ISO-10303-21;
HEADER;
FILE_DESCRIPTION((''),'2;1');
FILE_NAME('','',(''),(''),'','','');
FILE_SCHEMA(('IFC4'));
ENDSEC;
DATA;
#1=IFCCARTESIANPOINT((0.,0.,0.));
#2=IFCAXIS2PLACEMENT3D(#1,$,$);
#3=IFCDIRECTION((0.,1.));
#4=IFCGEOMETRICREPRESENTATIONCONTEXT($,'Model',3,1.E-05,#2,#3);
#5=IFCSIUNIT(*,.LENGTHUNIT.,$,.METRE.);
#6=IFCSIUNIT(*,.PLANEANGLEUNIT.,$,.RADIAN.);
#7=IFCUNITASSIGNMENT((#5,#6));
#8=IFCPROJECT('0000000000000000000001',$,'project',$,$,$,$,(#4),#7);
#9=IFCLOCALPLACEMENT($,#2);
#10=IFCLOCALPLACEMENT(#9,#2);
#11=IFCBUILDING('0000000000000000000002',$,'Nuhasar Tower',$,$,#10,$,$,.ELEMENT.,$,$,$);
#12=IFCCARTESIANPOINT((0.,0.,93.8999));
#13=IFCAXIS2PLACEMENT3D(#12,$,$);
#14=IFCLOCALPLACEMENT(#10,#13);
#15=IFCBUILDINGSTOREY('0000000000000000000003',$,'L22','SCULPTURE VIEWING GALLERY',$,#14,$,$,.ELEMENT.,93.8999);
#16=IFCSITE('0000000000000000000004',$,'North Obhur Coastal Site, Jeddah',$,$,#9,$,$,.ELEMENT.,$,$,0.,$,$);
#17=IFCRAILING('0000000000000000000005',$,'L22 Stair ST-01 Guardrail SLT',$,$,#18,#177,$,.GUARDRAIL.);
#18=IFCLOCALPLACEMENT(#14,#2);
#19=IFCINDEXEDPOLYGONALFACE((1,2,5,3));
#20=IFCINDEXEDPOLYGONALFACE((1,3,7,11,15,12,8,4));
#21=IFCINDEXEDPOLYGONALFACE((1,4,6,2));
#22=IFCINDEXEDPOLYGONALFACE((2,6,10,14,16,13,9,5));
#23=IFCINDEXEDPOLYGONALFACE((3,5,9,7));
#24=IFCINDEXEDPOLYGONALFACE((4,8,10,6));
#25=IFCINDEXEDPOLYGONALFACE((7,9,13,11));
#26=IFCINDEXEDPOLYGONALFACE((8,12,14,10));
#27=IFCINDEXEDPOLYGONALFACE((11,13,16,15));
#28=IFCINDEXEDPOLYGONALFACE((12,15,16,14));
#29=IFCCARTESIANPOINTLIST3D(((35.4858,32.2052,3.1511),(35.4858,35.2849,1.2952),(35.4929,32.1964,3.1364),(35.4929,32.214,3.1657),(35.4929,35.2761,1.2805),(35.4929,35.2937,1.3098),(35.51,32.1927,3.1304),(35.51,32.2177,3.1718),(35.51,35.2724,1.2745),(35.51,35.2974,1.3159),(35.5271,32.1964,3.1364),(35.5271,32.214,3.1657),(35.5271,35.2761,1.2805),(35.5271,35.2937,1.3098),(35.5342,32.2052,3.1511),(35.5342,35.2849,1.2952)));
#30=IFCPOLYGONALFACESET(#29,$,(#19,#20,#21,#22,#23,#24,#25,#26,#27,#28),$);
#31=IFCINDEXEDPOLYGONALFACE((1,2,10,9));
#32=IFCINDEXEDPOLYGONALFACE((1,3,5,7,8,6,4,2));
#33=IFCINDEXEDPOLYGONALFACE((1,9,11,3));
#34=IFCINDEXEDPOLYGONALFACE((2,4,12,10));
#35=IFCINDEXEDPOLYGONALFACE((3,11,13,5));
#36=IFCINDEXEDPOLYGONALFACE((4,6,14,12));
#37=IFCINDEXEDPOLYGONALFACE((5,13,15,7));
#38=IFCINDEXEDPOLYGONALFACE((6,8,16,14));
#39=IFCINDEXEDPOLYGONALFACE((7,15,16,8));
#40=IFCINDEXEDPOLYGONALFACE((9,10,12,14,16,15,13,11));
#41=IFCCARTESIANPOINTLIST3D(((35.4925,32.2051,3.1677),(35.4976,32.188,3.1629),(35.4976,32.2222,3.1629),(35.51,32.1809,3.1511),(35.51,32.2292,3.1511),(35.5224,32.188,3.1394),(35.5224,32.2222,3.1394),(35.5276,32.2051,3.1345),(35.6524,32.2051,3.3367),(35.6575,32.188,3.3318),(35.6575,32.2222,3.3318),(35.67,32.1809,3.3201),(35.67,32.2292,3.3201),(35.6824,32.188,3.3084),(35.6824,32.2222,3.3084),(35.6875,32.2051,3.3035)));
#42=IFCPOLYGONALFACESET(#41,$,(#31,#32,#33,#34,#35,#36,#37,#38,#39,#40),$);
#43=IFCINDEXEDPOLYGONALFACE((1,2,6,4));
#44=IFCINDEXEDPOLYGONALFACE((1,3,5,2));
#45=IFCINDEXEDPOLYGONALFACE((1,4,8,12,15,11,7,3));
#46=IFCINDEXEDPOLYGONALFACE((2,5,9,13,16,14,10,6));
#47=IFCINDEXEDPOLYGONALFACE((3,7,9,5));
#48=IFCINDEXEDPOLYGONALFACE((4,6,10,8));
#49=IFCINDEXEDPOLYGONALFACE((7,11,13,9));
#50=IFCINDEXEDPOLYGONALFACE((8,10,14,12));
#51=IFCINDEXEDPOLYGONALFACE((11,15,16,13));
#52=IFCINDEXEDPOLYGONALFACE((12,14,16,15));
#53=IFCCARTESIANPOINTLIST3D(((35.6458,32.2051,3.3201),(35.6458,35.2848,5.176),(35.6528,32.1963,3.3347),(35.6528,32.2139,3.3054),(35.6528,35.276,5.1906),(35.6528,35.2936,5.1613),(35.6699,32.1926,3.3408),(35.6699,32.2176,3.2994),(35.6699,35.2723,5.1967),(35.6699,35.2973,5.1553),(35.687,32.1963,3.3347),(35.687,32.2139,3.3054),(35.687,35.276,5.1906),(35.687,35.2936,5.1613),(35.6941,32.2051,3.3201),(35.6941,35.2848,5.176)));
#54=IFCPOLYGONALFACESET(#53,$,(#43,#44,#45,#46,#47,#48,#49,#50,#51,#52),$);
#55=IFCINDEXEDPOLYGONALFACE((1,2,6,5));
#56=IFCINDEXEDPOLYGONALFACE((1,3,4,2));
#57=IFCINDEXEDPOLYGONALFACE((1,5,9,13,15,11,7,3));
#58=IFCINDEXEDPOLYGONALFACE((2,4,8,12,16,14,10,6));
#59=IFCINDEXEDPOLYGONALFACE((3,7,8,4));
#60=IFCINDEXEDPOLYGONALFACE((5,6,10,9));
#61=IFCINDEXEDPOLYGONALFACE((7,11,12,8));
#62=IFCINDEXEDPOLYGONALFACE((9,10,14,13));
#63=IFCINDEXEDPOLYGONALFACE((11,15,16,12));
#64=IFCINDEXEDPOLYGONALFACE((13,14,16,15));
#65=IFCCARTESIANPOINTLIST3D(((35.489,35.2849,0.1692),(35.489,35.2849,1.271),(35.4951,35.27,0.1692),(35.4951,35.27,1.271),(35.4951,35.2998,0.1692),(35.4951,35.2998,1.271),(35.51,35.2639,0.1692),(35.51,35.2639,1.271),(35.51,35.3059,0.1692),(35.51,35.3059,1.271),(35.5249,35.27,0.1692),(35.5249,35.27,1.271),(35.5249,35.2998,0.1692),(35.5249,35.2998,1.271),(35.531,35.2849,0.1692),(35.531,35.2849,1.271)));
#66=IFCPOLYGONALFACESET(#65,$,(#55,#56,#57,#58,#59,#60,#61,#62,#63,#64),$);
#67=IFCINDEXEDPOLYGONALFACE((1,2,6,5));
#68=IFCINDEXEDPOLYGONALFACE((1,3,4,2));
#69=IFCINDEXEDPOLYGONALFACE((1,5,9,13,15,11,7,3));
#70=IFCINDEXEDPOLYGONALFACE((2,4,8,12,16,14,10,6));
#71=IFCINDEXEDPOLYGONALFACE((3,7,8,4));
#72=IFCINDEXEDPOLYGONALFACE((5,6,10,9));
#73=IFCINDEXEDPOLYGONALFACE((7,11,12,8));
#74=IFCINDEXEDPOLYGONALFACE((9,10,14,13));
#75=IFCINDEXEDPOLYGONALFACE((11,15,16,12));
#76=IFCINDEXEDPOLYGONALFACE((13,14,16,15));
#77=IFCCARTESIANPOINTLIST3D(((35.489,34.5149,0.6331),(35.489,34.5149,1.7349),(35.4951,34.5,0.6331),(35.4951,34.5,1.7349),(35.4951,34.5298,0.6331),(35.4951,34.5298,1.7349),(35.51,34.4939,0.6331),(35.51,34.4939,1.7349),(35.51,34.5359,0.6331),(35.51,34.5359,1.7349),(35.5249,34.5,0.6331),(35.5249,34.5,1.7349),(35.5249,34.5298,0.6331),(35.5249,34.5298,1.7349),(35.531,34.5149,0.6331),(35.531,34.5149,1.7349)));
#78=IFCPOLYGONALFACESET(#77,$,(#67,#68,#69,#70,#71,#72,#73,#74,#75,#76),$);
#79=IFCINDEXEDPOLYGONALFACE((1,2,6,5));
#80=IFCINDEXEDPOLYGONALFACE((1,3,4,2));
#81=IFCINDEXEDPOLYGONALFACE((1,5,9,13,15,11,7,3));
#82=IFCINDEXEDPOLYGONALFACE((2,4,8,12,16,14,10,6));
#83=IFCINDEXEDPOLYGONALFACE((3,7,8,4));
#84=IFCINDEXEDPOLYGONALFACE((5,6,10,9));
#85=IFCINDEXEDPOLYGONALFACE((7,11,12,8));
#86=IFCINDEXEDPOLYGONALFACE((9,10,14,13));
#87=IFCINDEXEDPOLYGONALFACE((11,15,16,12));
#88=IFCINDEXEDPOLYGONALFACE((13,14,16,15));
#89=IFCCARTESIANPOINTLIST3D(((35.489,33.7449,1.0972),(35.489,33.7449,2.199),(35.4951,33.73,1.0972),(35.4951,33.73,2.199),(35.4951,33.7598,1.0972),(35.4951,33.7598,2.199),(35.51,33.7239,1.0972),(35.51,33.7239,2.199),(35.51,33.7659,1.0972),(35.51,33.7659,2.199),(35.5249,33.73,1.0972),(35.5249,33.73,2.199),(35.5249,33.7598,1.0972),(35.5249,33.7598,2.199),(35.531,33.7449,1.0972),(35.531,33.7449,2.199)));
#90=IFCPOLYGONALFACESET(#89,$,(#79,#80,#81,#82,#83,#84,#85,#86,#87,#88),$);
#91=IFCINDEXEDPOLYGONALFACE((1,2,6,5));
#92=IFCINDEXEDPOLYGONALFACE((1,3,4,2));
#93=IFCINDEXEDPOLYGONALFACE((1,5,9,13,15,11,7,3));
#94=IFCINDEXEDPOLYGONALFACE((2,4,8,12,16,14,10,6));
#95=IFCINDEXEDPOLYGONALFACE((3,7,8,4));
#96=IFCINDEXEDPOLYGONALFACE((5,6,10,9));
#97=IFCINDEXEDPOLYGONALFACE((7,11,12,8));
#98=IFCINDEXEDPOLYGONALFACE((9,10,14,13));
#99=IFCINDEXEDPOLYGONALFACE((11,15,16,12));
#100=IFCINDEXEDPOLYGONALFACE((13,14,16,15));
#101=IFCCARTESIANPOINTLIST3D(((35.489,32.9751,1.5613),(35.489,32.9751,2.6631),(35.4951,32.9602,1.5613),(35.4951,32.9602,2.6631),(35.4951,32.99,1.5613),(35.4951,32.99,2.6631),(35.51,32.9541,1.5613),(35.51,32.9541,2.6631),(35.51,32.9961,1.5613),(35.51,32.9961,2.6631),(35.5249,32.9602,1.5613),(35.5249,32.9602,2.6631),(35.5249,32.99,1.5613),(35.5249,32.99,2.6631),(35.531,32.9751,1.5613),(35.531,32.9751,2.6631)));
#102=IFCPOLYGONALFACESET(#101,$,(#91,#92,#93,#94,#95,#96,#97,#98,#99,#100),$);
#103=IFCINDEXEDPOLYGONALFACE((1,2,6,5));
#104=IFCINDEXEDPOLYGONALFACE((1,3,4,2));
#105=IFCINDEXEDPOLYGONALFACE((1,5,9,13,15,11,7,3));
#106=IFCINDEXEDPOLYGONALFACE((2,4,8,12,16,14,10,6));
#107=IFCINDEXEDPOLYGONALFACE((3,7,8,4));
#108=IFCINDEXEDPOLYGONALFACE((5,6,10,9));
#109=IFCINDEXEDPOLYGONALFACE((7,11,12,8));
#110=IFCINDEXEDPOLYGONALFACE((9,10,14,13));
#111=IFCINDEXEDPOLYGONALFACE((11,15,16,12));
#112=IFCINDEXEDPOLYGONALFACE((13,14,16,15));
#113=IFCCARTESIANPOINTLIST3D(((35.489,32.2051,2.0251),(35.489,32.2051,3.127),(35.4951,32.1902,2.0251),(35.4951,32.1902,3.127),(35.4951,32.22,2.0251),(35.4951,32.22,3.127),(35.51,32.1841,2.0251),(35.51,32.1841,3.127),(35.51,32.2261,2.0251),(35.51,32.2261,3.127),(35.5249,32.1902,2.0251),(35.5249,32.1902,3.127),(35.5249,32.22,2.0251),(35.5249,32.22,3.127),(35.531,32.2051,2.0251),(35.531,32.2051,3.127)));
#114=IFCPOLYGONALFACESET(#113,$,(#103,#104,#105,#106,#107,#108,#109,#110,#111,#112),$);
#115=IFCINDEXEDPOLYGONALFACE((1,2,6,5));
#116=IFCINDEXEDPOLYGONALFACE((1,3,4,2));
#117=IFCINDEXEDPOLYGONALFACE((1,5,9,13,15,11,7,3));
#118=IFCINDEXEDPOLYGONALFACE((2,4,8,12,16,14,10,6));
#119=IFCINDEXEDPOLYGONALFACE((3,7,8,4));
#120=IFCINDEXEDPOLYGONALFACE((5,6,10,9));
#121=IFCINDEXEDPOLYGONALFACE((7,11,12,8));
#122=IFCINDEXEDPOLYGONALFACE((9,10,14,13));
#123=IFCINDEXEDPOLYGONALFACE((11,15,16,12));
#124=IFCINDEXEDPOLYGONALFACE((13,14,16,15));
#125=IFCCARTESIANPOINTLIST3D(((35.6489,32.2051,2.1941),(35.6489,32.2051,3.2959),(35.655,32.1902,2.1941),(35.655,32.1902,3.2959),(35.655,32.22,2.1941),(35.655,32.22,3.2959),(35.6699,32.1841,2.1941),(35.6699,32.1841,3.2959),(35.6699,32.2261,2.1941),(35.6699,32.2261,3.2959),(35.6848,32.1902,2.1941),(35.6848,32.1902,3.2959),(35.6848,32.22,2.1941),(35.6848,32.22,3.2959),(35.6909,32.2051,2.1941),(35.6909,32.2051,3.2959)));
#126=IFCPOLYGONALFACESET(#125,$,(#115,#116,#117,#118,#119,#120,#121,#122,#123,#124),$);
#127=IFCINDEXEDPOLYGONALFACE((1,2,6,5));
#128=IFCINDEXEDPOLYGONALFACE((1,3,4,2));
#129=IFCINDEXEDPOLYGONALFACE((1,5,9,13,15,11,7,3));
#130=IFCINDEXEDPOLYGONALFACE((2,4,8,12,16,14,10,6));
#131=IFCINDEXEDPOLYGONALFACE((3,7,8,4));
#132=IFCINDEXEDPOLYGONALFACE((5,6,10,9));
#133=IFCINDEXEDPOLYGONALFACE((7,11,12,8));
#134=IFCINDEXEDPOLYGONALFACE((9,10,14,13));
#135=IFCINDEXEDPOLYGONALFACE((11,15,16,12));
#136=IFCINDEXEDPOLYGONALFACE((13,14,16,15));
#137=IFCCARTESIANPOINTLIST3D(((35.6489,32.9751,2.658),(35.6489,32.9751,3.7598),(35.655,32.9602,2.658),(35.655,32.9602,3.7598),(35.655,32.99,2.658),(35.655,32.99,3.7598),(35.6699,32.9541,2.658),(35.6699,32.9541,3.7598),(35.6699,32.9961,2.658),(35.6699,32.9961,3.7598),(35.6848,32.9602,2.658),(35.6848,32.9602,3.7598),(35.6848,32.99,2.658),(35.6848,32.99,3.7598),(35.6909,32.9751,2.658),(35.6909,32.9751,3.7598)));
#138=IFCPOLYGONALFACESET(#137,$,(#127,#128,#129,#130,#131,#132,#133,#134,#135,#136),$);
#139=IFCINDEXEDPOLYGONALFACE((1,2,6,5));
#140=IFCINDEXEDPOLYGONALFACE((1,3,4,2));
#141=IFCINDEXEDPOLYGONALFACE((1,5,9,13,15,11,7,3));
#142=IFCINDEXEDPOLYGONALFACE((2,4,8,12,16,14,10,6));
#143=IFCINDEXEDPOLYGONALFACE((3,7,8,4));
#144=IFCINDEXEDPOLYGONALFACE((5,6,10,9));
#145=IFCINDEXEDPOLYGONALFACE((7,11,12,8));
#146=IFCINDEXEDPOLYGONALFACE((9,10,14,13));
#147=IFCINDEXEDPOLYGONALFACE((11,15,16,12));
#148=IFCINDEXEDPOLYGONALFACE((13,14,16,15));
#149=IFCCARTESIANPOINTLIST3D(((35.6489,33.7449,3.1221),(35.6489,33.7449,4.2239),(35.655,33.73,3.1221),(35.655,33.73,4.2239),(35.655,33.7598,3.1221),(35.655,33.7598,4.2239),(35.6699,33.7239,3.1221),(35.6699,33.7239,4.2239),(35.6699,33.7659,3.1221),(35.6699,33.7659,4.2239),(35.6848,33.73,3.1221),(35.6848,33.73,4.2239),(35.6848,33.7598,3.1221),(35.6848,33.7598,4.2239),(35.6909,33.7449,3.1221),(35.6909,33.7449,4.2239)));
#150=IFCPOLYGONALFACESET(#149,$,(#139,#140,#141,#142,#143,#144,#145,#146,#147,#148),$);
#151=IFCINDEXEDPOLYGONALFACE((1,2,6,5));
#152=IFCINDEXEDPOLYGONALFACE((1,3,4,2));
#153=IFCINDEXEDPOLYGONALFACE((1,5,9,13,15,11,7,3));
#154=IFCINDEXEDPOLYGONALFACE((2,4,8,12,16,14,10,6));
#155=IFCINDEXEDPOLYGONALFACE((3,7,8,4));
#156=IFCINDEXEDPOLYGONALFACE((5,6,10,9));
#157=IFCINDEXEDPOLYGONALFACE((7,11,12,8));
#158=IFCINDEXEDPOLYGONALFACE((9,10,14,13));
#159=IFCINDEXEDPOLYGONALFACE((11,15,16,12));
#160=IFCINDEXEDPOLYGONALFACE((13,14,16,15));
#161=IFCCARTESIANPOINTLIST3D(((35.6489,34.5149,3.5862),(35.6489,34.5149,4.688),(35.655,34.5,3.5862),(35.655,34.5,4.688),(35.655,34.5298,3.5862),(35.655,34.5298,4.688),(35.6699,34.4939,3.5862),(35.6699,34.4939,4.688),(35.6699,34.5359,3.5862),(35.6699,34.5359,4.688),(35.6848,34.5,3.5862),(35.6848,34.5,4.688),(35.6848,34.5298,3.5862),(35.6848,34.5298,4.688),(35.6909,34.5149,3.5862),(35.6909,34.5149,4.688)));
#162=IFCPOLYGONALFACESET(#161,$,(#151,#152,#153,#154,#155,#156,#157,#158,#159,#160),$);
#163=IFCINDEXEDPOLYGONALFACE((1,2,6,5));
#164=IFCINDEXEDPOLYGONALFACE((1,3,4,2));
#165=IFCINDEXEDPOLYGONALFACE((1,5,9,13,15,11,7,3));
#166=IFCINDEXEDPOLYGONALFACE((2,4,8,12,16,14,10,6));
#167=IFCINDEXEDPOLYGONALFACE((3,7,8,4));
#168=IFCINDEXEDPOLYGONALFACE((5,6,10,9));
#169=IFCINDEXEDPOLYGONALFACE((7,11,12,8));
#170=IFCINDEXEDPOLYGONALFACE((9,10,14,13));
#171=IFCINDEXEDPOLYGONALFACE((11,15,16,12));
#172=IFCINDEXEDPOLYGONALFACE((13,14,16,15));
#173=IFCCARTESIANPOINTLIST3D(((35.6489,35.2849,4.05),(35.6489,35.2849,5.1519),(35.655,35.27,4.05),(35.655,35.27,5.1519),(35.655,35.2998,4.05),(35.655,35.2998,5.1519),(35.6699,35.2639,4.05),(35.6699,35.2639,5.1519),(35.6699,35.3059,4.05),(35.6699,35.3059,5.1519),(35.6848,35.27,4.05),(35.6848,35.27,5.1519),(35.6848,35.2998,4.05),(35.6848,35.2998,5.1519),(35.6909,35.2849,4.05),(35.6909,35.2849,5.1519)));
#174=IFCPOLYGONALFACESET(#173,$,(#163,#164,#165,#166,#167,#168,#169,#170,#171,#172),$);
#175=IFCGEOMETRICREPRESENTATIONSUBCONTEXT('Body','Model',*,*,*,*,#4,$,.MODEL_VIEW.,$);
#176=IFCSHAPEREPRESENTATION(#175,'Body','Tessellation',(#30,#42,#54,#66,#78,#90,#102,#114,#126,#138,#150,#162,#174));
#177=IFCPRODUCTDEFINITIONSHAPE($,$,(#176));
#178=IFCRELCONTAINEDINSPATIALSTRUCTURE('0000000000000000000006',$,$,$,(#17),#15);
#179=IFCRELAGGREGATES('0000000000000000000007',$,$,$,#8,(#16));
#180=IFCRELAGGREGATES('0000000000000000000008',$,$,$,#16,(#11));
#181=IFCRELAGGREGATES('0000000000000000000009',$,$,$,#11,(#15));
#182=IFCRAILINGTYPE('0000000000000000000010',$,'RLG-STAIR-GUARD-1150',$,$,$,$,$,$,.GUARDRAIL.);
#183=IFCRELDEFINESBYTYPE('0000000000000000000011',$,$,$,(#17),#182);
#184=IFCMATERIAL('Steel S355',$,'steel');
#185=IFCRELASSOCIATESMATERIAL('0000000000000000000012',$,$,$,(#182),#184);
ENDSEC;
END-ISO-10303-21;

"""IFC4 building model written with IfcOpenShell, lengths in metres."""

from ifc_helpers import new_model, si_unit, direction, frame, origin, place, context, subcontext, project, spatial, polyline, outline, extrude, material, type_object, element, save


model = new_model("IFC4")

# Units and contexts
model_context = context("Model", 3, precision=1e-05, world=origin(), true_north=direction((0.0, 1.0)))
body_context = subcontext(model_context, "Body", "Model", "MODEL_VIEW")
ifc_project = project(units=[si_unit("LENGTHUNIT", "METRE"), si_unit("PLANEANGLEUNIT", "RADIAN")], contexts=[model_context])

# Site, building, storey
site_placement = place(None, origin())
site = spatial("IfcSite", under=ifc_project, at=site_placement, Name="North Obhur Coastal Site, Jeddah", CompositionType="ELEMENT", RefElevation=0.0)
building_placement = place(site_placement, origin())
building = spatial("IfcBuilding", under=site, at=building_placement, Name="Nuhasar Tower", CompositionType="ELEMENT")
storey_placement = place(building_placement, frame((0.0, 0.0, 93.8999)))
storey = spatial("IfcBuildingStorey", under=building, at=storey_placement, Name="L22", Description="SCULPTURE VIEWING GALLERY", CompositionType="ELEMENT", Elevation=93.8999)

# Shared definitions
ifc_material_1 = material(Name="Steel S355", Category="steel")

# Railing
railing_type_1 = type_object("IfcRailingType", Name="RLG-STAIR-GUARD-1150", PredefinedType="GUARDRAIL", material=ifc_material_1)
railing_1_placement = place(storey_placement, frame((35.51, 35.2849, 0.1692)))
element("IfcRailing", 1, at=railing_1_placement, inside=storey, type_object=railing_type_1, Name="L22 Stair ST-01 Guardrail SLT", PredefinedType="GUARDRAIL", context=body_context, shape_type="SweptSolid", body=[
    extrude(outline(polyline([(0.0242, 0.0), (0.0171, 0.0171), (0.0, 0.0242), (-0.0171, 0.0171), (-0.0242, 0.0), (-0.0171, -0.0171), (0.0, -0.0242), (0.0171, -0.0171), (0.0242, 0.0)])), frame((0.0, 0.0, 1.126), z_axis=(0.0, -0.856503, 0.516142), x_axis=(1.0, 0.0, 0.0)), (0.0, 0.0, 1.0), 3.5957),
    extrude(outline(polyline([(0.0242, 0.0), (0.0171, 0.0171), (0.0, 0.0242), (-0.0171, 0.0171), (-0.0242, 0.0), (-0.0171, -0.0171), (0.0, -0.0242), (0.0171, -0.0171), (0.0242, 0.0)])), frame((0.0, -3.0798, 2.9819), z_axis=(0.687424, 0.0, 0.726256), x_axis=(0.0, 1.0, 0.0)), (0.0, 0.0, 1.0), 0.2327),
    extrude(outline(polyline([(0.0242, 0.0), (0.0171, 0.0171), (0.0, 0.0242), (-0.0171, 0.0171), (-0.0242, 0.0), (-0.0171, -0.0171), (0.0, -0.0242), (0.0171, -0.0171), (0.0242, 0.0)])), frame((0.1599, -3.0798, 3.1509), z_axis=(0.0, 0.856503, 0.516142), x_axis=(-1.0, 0.0, 0.0)), (0.0, 0.0, 1.0), 3.5957),
    extrude(outline(polyline([(0.021, 0.0), (0.0149, 0.0149), (0.0, 0.021), (-0.0149, 0.0149), (-0.021, 0.0), (-0.0149, -0.0149), (0.0, -0.021), (0.0149, -0.0149), (0.021, 0.0)])), origin(), (0.0, 0.0, 1.0), 1.1018),
    extrude(outline(polyline([(0.021, 0.0), (0.0149, 0.0149), (0.0, 0.021), (-0.0149, 0.0149), (-0.021, 0.0), (-0.0149, -0.0149), (0.0, -0.021), (0.0149, -0.0149), (0.021, 0.0)])), frame((0.0, -0.77, 0.4639)), (0.0, 0.0, 1.0), 1.1018),
    extrude(outline(polyline([(0.021, 0.0), (0.0149, 0.0149), (0.0, 0.021), (-0.0149, 0.0149), (-0.021, 0.0), (-0.0149, -0.0149), (0.0, -0.021), (0.0149, -0.0149), (0.021, 0.0)])), frame((0.0, -1.54, 0.928)), (0.0, 0.0, 1.0), 1.1018),
    extrude(outline(polyline([(0.021, 0.0), (0.0149, 0.0149), (0.0, 0.021), (-0.0149, 0.0149), (-0.021, 0.0), (-0.0149, -0.0149), (0.0, -0.021), (0.0149, -0.0149), (0.021, 0.0)])), frame((0.0, -2.3098, 1.3921)), (0.0, 0.0, 1.0), 1.1018),
    extrude(outline(polyline([(0.021, 0.0), (0.0149, 0.0149), (0.0, 0.021), (-0.0149, 0.0149), (-0.021, 0.0), (-0.0149, -0.0149), (0.0, -0.021), (0.0149, -0.0149), (0.021, 0.0)])), frame((0.0, -3.0798, 1.856)), (0.0, 0.0, 1.0), 1.1018),
    extrude(outline(polyline([(0.021, 0.0), (0.0149, 0.0149), (0.0, 0.021), (-0.0149, 0.0149), (-0.021, 0.0), (-0.0149, -0.0149), (0.0, -0.021), (0.0149, -0.0149), (0.021, 0.0)])), frame((0.1599, -3.0798, 2.0249)), (0.0, 0.0, 1.0), 1.1018),
    extrude(outline(polyline([(0.021, 0.0), (0.0149, 0.0149), (0.0, 0.021), (-0.0149, 0.0149), (-0.021, 0.0), (-0.0149, -0.0149), (0.0, -0.021), (0.0149, -0.0149), (0.021, 0.0)])), frame((0.1599, -2.3098, 2.4888)), (0.0, 0.0, 1.0), 1.1018),
    extrude(outline(polyline([(0.021, 0.0), (0.0149, 0.0149), (0.0, 0.021), (-0.0149, 0.0149), (-0.021, 0.0), (-0.0149, -0.0149), (0.0, -0.021), (0.0149, -0.0149), (0.021, 0.0)])), frame((0.1599, -1.54, 2.9529)), (0.0, 0.0, 1.0), 1.1018),
    extrude(outline(polyline([(0.021, 0.0), (0.0149, 0.0149), (0.0, 0.021), (-0.0149, 0.0149), (-0.021, 0.0), (-0.0149, -0.0149), (0.0, -0.021), (0.0149, -0.0149), (0.021, 0.0)])), frame((0.1599, -0.77, 3.417)), (0.0, 0.0, 1.0), 1.1018),
    extrude(outline(polyline([(0.021, 0.0), (0.0149, 0.0149), (0.0, 0.021), (-0.0149, 0.0149), (-0.021, 0.0), (-0.0149, -0.0149), (0.0, -0.021), (0.0149, -0.0149), (0.021, 0.0)])), frame((0.1599, 0.0, 3.8809)), (0.0, 0.0, 1.0), 1.1018),
])

save(model, "model.ifc")
